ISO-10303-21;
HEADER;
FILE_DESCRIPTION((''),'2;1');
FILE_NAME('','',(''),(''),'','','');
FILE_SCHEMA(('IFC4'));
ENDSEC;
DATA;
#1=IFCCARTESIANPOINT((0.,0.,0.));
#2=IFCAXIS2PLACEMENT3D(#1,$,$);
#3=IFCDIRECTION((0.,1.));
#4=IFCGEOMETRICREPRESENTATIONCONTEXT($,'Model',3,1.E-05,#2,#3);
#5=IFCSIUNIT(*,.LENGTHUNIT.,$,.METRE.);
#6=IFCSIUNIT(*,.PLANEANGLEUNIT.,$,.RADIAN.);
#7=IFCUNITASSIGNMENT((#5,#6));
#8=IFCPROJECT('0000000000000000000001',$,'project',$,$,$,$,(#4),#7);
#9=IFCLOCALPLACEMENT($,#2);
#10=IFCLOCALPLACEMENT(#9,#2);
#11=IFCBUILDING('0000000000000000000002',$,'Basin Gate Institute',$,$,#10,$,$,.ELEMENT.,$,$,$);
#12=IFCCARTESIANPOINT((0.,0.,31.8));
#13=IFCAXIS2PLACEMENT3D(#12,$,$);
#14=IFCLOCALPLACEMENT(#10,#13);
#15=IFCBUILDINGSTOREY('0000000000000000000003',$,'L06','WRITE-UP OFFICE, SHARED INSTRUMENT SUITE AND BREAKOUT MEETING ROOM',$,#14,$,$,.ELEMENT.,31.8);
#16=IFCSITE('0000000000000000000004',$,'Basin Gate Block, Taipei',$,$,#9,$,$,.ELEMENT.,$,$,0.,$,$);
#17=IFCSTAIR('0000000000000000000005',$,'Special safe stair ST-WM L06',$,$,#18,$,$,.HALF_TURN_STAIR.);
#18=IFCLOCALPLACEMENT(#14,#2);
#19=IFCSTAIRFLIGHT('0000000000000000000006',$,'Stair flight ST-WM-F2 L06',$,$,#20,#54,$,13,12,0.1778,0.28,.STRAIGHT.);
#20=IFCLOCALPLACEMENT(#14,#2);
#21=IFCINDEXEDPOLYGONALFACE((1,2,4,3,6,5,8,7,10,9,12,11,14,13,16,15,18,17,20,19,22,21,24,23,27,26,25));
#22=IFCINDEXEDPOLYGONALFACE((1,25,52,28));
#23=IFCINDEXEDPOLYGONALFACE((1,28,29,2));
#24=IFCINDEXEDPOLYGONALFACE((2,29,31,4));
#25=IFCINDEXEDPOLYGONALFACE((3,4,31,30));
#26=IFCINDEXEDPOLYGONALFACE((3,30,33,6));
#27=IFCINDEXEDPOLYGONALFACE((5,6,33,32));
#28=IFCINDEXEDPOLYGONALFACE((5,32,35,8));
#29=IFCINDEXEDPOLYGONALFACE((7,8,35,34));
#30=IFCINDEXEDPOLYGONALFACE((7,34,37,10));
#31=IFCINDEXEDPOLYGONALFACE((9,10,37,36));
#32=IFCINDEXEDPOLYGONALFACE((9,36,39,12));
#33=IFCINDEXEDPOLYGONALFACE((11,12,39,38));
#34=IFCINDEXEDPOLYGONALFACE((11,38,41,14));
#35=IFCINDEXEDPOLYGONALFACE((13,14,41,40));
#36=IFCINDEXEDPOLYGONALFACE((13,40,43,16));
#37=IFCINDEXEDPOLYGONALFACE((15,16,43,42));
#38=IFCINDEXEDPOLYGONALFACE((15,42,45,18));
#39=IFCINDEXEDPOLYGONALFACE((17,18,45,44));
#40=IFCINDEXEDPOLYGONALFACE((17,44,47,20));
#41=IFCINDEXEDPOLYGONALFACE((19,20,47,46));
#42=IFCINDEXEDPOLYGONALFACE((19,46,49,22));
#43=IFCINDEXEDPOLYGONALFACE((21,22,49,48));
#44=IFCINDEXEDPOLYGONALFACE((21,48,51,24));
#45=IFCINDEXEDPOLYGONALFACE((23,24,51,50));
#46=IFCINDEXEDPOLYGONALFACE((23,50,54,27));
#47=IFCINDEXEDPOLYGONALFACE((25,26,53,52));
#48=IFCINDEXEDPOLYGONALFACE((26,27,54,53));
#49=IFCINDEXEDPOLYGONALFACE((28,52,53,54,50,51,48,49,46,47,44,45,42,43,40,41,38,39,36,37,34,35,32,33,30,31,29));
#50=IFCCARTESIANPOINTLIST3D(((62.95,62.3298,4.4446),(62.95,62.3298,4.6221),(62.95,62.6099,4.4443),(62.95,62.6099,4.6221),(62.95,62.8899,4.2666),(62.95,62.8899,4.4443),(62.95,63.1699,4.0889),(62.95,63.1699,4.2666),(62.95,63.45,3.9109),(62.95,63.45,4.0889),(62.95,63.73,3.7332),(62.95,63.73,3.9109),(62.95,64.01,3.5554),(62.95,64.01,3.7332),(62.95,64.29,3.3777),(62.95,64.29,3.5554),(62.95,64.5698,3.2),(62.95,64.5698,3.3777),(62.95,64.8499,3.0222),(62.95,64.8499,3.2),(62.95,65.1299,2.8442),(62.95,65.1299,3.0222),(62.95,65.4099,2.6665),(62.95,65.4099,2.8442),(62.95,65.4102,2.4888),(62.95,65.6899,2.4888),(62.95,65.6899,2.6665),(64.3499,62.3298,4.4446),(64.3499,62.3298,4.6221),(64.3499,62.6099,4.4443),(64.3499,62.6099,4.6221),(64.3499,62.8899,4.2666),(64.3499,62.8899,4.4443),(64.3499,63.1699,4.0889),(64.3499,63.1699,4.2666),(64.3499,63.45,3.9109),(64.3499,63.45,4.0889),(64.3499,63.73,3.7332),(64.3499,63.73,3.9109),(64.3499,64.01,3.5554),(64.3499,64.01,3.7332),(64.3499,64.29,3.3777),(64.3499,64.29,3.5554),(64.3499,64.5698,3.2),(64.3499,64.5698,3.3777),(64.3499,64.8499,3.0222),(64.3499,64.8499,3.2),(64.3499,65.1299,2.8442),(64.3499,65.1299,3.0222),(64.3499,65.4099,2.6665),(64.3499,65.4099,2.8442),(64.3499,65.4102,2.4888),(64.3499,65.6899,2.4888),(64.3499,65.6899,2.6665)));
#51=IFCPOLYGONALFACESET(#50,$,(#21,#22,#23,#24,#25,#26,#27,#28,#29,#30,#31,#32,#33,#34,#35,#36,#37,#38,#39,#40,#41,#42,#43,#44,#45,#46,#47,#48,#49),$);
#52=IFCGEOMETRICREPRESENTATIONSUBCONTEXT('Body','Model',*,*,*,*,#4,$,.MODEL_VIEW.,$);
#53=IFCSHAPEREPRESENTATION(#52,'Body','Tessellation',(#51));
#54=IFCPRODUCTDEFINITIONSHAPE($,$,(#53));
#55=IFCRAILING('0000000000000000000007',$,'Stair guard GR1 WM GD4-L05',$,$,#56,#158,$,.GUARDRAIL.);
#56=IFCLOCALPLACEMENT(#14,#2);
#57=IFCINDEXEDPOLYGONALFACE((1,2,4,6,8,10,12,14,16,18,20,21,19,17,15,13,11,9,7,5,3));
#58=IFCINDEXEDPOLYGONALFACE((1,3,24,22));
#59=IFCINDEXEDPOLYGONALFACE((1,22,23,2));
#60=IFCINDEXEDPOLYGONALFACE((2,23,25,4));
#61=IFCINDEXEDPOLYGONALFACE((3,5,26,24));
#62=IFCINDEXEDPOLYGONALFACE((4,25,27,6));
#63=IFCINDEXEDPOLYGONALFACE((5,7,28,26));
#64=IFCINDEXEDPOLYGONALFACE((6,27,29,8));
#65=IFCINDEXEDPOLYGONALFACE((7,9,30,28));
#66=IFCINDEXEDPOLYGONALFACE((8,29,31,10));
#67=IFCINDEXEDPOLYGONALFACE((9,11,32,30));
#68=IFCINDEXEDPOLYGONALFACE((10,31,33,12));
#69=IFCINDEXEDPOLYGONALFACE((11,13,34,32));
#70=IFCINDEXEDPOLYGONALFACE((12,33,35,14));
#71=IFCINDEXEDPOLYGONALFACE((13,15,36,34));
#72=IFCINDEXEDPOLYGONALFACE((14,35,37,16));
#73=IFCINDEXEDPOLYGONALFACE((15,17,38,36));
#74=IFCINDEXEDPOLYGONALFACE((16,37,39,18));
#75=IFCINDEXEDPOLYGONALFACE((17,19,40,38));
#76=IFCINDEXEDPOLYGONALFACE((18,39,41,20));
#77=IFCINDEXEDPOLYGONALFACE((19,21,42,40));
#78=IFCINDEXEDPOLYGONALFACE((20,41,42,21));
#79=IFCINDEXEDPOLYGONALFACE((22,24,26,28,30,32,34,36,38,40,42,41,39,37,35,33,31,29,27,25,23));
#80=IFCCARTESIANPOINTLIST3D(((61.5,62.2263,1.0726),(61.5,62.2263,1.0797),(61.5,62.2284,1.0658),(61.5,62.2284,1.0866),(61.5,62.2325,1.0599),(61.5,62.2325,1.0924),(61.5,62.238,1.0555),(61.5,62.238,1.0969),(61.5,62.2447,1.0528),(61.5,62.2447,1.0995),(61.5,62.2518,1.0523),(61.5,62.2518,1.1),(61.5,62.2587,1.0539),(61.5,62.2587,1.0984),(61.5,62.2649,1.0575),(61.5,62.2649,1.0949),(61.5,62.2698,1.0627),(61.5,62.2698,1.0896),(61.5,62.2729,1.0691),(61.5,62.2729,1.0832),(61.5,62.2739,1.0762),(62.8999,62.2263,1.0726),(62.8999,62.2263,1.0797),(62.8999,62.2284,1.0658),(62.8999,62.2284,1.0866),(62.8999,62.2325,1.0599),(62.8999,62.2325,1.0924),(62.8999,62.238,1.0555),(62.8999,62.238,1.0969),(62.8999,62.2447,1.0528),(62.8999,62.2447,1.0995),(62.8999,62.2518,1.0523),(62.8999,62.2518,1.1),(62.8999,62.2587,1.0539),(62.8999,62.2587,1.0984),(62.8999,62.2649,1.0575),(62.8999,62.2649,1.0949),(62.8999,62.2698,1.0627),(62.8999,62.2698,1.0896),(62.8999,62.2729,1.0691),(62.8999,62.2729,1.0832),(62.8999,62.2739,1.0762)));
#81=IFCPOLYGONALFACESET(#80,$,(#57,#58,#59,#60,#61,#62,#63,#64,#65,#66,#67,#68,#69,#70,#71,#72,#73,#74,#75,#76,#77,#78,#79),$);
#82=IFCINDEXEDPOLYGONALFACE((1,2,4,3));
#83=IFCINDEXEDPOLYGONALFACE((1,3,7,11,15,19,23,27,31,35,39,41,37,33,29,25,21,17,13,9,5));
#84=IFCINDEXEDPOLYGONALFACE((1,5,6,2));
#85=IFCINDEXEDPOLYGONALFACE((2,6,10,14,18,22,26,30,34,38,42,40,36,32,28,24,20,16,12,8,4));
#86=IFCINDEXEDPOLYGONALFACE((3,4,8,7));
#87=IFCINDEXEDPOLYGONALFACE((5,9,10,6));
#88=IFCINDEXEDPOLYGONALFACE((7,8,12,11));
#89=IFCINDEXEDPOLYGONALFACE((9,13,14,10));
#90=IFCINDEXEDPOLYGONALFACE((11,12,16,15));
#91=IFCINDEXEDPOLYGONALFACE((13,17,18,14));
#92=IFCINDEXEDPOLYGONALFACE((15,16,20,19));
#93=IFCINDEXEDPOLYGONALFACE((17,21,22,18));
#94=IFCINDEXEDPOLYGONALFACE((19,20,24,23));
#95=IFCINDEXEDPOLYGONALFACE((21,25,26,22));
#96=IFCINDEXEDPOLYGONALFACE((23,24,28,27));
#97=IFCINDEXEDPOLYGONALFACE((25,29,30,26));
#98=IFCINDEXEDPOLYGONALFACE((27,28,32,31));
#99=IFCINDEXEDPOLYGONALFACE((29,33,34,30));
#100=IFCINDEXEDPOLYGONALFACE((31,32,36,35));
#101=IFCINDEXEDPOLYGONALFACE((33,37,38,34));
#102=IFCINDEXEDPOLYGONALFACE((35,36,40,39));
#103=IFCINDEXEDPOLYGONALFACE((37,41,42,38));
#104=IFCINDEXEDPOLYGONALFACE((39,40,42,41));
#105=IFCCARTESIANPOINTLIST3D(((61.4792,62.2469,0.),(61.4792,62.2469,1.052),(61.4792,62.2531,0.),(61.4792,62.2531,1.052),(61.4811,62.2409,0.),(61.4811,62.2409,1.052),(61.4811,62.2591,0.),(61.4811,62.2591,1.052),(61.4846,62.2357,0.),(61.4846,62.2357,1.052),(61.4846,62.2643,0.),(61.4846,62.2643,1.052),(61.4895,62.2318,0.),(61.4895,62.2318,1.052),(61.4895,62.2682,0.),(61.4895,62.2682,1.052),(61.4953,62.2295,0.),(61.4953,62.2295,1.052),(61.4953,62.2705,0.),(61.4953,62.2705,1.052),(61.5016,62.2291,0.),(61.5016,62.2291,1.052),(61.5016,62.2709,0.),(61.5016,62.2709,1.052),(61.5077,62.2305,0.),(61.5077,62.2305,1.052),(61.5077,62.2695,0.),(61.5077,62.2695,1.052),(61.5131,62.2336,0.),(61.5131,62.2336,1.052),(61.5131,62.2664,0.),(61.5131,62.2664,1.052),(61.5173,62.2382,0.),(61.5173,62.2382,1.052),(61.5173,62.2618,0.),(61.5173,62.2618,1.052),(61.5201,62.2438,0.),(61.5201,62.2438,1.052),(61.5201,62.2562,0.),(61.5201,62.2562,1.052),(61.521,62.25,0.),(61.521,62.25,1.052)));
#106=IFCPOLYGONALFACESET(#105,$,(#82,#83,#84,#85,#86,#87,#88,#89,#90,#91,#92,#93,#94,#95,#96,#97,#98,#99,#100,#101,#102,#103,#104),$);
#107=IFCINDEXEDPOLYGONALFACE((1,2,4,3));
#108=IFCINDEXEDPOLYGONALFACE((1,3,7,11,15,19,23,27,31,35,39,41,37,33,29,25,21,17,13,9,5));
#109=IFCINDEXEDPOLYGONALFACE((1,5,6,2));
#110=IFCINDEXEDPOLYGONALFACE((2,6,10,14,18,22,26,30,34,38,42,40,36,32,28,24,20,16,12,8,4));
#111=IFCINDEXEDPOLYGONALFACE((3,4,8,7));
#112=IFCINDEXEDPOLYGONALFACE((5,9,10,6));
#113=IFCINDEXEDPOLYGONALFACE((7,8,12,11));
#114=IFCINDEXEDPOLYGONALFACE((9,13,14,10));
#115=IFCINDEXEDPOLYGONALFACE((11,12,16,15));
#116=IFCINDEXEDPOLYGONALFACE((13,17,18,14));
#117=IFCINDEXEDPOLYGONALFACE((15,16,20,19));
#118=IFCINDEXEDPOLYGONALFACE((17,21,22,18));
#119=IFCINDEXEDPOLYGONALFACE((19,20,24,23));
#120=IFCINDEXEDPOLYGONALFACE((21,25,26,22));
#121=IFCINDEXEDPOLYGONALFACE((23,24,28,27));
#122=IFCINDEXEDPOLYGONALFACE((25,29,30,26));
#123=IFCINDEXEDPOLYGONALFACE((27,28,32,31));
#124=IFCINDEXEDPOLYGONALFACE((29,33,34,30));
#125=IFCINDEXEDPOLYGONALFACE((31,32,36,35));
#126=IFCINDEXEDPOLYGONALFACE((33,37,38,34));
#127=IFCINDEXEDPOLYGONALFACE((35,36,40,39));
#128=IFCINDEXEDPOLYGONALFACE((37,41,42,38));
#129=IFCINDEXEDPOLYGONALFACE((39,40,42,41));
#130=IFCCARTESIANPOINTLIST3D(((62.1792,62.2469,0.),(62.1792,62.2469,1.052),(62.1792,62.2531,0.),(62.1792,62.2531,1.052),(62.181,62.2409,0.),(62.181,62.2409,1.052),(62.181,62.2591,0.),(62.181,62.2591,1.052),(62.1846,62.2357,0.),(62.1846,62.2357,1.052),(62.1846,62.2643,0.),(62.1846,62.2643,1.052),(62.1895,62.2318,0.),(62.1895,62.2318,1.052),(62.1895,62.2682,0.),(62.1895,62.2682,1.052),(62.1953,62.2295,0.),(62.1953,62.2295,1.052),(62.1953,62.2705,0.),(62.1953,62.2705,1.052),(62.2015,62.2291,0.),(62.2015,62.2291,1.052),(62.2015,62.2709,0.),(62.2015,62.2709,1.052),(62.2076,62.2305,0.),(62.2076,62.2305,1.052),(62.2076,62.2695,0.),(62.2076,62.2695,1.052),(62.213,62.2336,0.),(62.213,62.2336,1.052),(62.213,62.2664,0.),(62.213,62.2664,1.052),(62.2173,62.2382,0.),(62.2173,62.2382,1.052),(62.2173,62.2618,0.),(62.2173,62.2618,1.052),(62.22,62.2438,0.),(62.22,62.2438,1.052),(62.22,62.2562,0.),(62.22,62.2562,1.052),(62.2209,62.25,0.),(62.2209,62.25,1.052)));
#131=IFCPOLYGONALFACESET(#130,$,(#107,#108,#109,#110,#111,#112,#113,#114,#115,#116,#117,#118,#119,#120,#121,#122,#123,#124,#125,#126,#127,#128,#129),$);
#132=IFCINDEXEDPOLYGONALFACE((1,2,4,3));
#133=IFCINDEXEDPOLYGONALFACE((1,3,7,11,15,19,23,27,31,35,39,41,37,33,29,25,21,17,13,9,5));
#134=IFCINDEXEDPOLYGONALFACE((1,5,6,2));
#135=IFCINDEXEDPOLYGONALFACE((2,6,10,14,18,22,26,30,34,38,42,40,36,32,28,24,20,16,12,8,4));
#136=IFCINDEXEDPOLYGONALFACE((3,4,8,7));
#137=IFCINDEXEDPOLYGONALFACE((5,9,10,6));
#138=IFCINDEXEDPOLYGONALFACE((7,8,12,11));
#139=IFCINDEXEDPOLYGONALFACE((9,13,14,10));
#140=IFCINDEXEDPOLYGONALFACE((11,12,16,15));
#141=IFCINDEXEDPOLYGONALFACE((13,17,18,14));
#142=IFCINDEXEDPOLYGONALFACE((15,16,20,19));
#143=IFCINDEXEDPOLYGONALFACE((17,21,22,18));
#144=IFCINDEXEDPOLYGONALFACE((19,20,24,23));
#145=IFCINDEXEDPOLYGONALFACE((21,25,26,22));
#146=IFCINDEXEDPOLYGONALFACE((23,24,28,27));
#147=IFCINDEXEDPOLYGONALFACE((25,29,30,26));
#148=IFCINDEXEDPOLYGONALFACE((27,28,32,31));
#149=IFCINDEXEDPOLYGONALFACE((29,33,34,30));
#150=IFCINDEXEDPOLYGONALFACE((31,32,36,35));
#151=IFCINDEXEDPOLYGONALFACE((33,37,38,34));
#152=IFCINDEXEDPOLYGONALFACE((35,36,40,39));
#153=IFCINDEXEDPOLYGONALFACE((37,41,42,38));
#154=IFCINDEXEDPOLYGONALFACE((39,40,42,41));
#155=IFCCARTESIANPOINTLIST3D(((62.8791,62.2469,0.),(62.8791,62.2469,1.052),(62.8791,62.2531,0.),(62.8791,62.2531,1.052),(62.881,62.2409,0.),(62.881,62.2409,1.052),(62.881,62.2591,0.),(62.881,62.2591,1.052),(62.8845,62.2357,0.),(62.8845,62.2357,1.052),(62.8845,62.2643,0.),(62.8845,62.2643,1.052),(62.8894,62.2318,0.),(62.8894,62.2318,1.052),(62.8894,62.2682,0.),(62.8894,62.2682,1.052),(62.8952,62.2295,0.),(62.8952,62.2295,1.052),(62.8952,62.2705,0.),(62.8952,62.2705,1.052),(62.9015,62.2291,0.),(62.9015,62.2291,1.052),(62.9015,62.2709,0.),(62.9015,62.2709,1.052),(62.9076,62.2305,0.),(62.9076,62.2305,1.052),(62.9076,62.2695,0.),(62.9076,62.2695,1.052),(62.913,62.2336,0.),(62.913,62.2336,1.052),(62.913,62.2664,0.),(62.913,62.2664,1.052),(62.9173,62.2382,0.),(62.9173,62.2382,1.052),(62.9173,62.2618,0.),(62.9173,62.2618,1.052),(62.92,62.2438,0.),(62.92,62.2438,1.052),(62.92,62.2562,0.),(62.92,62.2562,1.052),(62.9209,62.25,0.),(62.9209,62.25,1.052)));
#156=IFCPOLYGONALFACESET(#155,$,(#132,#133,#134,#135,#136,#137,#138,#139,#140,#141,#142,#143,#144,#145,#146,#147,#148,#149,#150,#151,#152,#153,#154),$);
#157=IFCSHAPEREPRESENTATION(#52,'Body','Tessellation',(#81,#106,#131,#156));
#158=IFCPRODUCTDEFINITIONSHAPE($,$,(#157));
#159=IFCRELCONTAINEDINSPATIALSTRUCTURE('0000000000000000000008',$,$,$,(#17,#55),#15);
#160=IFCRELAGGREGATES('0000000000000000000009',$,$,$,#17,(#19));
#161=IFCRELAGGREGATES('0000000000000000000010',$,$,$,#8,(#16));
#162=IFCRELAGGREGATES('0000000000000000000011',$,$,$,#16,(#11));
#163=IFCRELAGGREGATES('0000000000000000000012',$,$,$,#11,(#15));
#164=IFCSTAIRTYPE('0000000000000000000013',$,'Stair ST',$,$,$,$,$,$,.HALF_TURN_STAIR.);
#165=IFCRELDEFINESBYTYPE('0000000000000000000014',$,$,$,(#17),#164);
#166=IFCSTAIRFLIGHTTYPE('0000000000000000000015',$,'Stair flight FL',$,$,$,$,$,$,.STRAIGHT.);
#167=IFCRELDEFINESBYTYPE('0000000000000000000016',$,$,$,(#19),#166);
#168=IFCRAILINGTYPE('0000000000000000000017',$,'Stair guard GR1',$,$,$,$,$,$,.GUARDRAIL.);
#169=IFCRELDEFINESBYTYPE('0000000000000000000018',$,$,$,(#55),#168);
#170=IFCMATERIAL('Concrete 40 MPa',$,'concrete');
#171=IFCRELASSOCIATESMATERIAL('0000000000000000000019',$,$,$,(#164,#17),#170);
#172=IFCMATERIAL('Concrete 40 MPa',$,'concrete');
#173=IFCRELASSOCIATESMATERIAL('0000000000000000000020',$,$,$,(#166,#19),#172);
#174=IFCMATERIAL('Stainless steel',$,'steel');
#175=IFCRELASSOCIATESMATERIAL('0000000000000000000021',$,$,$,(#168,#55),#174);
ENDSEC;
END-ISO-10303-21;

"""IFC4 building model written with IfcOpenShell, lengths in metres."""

from ifc_helpers import new_model, si_unit, direction, frame, origin, origin_2d, place, context, subcontext, project, spatial, polyline, circle, outline, extrude, material, type_object, element, aggregate, save


model = new_model("IFC4")

# Units and contexts
model_context = context("Model", 3, precision=1e-05, world=origin(), true_north=direction((0.0, 1.0)))
body_context = subcontext(model_context, "Body", "Model", "MODEL_VIEW")
ifc_project = project(units=[si_unit("LENGTHUNIT", "METRE"), si_unit("PLANEANGLEUNIT", "RADIAN")], contexts=[model_context])

# Site, building, storey
site_placement = place(None, origin())
site = spatial("IfcSite", under=ifc_project, at=site_placement, Name="Basin Gate Block, Taipei", CompositionType="ELEMENT", RefElevation=0.0)
building_placement = place(site_placement, origin())
building = spatial("IfcBuilding", under=site, at=building_placement, Name="Basin Gate Institute", CompositionType="ELEMENT")
storey_placement = place(building_placement, frame((0.0, 0.0, 31.8)))
storey = spatial("IfcBuildingStorey", under=building, at=storey_placement, Name="L06", Description="WRITE-UP OFFICE, SHARED INSTRUMENT SUITE AND BREAKOUT MEETING ROOM", CompositionType="ELEMENT", Elevation=31.8)

# Stair, stair flight
ifc_material_1 = material(Name="Concrete 40 MPa", Category="concrete")
stair_type = type_object("IfcStairType", Name="Stair ST", PredefinedType="HALF_TURN_STAIR", material=ifc_material_1)
stair_placement = place(storey_placement, origin())
stair = element("IfcStair", 1, at=stair_placement, inside=storey, type_object=stair_type, material=ifc_material_1, Name="Special safe stair ST-WM L06", PredefinedType="HALF_TURN_STAIR")
ifc_material_2 = material(Name="Concrete 40 MPa", Category="concrete")
stair_flight_type = type_object("IfcStairFlightType", Name="Stair flight FL", PredefinedType="STRAIGHT", material=ifc_material_2)
stair_flight_1_placement = place(storey_placement, frame((63.6499, 65.6899, 2.4888), z_axis=(0.0, 0.0, 1.0), x_axis=(0.0, -1.0, 0.0)))
stair_flight_1 = element("IfcStairFlight", 2, at=stair_flight_1_placement, type_object=stair_flight_type, material=ifc_material_2, Name="Stair flight ST-WM-F2 L06", NumberOfRisers=13, NumberOfTreads=12, PredefinedType="STRAIGHT", RiserHeight=0.1778, TreadLength=0.28, context=body_context, shape_type="SweptSolid", body=[
    extrude(outline(polyline([(0.0, 0.0), (0.0, 0.1777), (0.28, 0.1777), (0.28, 0.3555), (0.5601, 0.3555), (0.5601, 0.5334), (0.8401, 0.5334), (0.8401, 0.7112), (1.1201, 0.7112), (1.1201, 0.8889), (1.3999, 0.8889), (1.3999, 1.0667), (1.6799, 1.0667), (1.6799, 1.2444), (1.96, 1.2444), (1.96, 1.4221), (2.24, 1.4221), (2.24, 1.6001), (2.52, 1.6001), (2.52, 1.7778), (2.8, 1.7778), (2.8, 1.9556), (3.0801, 1.9556), (3.0801, 2.1333), (3.3601, 2.1333), (3.3601, 2.311), (3.3601, 1.9558), (0.2798, 0.0), (0.0, 0.0)])), frame((0.0, 0.7, 0.0), z_axis=(0.0, -1.0, 0.0), x_axis=(1.0, 0.0, 0.0)), (0.0, 0.0, 1.0), 1.3999),
])
aggregate(stair, [stair_flight_1])

# Railing
ifc_material_3 = material(Name="Stainless steel", Category="steel")
railing_type_1 = type_object("IfcRailingType", Name="Stair guard GR1", PredefinedType="GUARDRAIL", material=ifc_material_3)
railing_1_placement = place(storey_placement, frame((61.5, 62.25, 0.0)))
element("IfcRailing", 3, at=railing_1_placement, inside=storey, type_object=railing_type_1, material=ifc_material_3, Name="Stair guard GR1 WM GD4-L05", PredefinedType="GUARDRAIL", context=body_context, shape_type="SweptSolid", body=[
    extrude(circle(Radius=0.0239, at=origin_2d()), frame((0.0, 0.0, 1.0762), z_axis=(1.0, 0.0, 0.0), x_axis=(0.0, 1.0, 0.0)), (0.0, 0.0, 1.0), 1.3999),
    extrude(circle(Radius=0.021, at=origin_2d()), origin(), (0.0, 0.0, 1.0), 1.052),
    extrude(circle(Radius=0.021, at=origin_2d()), frame((0.7, 0.0, 0.0)), (0.0, 0.0, 1.0), 1.052),
    extrude(circle(Radius=0.021, at=origin_2d()), frame((1.3999, 0.0, 0.0)), (0.0, 0.0, 1.0), 1.052),
])

save(model, "model.ifc")
